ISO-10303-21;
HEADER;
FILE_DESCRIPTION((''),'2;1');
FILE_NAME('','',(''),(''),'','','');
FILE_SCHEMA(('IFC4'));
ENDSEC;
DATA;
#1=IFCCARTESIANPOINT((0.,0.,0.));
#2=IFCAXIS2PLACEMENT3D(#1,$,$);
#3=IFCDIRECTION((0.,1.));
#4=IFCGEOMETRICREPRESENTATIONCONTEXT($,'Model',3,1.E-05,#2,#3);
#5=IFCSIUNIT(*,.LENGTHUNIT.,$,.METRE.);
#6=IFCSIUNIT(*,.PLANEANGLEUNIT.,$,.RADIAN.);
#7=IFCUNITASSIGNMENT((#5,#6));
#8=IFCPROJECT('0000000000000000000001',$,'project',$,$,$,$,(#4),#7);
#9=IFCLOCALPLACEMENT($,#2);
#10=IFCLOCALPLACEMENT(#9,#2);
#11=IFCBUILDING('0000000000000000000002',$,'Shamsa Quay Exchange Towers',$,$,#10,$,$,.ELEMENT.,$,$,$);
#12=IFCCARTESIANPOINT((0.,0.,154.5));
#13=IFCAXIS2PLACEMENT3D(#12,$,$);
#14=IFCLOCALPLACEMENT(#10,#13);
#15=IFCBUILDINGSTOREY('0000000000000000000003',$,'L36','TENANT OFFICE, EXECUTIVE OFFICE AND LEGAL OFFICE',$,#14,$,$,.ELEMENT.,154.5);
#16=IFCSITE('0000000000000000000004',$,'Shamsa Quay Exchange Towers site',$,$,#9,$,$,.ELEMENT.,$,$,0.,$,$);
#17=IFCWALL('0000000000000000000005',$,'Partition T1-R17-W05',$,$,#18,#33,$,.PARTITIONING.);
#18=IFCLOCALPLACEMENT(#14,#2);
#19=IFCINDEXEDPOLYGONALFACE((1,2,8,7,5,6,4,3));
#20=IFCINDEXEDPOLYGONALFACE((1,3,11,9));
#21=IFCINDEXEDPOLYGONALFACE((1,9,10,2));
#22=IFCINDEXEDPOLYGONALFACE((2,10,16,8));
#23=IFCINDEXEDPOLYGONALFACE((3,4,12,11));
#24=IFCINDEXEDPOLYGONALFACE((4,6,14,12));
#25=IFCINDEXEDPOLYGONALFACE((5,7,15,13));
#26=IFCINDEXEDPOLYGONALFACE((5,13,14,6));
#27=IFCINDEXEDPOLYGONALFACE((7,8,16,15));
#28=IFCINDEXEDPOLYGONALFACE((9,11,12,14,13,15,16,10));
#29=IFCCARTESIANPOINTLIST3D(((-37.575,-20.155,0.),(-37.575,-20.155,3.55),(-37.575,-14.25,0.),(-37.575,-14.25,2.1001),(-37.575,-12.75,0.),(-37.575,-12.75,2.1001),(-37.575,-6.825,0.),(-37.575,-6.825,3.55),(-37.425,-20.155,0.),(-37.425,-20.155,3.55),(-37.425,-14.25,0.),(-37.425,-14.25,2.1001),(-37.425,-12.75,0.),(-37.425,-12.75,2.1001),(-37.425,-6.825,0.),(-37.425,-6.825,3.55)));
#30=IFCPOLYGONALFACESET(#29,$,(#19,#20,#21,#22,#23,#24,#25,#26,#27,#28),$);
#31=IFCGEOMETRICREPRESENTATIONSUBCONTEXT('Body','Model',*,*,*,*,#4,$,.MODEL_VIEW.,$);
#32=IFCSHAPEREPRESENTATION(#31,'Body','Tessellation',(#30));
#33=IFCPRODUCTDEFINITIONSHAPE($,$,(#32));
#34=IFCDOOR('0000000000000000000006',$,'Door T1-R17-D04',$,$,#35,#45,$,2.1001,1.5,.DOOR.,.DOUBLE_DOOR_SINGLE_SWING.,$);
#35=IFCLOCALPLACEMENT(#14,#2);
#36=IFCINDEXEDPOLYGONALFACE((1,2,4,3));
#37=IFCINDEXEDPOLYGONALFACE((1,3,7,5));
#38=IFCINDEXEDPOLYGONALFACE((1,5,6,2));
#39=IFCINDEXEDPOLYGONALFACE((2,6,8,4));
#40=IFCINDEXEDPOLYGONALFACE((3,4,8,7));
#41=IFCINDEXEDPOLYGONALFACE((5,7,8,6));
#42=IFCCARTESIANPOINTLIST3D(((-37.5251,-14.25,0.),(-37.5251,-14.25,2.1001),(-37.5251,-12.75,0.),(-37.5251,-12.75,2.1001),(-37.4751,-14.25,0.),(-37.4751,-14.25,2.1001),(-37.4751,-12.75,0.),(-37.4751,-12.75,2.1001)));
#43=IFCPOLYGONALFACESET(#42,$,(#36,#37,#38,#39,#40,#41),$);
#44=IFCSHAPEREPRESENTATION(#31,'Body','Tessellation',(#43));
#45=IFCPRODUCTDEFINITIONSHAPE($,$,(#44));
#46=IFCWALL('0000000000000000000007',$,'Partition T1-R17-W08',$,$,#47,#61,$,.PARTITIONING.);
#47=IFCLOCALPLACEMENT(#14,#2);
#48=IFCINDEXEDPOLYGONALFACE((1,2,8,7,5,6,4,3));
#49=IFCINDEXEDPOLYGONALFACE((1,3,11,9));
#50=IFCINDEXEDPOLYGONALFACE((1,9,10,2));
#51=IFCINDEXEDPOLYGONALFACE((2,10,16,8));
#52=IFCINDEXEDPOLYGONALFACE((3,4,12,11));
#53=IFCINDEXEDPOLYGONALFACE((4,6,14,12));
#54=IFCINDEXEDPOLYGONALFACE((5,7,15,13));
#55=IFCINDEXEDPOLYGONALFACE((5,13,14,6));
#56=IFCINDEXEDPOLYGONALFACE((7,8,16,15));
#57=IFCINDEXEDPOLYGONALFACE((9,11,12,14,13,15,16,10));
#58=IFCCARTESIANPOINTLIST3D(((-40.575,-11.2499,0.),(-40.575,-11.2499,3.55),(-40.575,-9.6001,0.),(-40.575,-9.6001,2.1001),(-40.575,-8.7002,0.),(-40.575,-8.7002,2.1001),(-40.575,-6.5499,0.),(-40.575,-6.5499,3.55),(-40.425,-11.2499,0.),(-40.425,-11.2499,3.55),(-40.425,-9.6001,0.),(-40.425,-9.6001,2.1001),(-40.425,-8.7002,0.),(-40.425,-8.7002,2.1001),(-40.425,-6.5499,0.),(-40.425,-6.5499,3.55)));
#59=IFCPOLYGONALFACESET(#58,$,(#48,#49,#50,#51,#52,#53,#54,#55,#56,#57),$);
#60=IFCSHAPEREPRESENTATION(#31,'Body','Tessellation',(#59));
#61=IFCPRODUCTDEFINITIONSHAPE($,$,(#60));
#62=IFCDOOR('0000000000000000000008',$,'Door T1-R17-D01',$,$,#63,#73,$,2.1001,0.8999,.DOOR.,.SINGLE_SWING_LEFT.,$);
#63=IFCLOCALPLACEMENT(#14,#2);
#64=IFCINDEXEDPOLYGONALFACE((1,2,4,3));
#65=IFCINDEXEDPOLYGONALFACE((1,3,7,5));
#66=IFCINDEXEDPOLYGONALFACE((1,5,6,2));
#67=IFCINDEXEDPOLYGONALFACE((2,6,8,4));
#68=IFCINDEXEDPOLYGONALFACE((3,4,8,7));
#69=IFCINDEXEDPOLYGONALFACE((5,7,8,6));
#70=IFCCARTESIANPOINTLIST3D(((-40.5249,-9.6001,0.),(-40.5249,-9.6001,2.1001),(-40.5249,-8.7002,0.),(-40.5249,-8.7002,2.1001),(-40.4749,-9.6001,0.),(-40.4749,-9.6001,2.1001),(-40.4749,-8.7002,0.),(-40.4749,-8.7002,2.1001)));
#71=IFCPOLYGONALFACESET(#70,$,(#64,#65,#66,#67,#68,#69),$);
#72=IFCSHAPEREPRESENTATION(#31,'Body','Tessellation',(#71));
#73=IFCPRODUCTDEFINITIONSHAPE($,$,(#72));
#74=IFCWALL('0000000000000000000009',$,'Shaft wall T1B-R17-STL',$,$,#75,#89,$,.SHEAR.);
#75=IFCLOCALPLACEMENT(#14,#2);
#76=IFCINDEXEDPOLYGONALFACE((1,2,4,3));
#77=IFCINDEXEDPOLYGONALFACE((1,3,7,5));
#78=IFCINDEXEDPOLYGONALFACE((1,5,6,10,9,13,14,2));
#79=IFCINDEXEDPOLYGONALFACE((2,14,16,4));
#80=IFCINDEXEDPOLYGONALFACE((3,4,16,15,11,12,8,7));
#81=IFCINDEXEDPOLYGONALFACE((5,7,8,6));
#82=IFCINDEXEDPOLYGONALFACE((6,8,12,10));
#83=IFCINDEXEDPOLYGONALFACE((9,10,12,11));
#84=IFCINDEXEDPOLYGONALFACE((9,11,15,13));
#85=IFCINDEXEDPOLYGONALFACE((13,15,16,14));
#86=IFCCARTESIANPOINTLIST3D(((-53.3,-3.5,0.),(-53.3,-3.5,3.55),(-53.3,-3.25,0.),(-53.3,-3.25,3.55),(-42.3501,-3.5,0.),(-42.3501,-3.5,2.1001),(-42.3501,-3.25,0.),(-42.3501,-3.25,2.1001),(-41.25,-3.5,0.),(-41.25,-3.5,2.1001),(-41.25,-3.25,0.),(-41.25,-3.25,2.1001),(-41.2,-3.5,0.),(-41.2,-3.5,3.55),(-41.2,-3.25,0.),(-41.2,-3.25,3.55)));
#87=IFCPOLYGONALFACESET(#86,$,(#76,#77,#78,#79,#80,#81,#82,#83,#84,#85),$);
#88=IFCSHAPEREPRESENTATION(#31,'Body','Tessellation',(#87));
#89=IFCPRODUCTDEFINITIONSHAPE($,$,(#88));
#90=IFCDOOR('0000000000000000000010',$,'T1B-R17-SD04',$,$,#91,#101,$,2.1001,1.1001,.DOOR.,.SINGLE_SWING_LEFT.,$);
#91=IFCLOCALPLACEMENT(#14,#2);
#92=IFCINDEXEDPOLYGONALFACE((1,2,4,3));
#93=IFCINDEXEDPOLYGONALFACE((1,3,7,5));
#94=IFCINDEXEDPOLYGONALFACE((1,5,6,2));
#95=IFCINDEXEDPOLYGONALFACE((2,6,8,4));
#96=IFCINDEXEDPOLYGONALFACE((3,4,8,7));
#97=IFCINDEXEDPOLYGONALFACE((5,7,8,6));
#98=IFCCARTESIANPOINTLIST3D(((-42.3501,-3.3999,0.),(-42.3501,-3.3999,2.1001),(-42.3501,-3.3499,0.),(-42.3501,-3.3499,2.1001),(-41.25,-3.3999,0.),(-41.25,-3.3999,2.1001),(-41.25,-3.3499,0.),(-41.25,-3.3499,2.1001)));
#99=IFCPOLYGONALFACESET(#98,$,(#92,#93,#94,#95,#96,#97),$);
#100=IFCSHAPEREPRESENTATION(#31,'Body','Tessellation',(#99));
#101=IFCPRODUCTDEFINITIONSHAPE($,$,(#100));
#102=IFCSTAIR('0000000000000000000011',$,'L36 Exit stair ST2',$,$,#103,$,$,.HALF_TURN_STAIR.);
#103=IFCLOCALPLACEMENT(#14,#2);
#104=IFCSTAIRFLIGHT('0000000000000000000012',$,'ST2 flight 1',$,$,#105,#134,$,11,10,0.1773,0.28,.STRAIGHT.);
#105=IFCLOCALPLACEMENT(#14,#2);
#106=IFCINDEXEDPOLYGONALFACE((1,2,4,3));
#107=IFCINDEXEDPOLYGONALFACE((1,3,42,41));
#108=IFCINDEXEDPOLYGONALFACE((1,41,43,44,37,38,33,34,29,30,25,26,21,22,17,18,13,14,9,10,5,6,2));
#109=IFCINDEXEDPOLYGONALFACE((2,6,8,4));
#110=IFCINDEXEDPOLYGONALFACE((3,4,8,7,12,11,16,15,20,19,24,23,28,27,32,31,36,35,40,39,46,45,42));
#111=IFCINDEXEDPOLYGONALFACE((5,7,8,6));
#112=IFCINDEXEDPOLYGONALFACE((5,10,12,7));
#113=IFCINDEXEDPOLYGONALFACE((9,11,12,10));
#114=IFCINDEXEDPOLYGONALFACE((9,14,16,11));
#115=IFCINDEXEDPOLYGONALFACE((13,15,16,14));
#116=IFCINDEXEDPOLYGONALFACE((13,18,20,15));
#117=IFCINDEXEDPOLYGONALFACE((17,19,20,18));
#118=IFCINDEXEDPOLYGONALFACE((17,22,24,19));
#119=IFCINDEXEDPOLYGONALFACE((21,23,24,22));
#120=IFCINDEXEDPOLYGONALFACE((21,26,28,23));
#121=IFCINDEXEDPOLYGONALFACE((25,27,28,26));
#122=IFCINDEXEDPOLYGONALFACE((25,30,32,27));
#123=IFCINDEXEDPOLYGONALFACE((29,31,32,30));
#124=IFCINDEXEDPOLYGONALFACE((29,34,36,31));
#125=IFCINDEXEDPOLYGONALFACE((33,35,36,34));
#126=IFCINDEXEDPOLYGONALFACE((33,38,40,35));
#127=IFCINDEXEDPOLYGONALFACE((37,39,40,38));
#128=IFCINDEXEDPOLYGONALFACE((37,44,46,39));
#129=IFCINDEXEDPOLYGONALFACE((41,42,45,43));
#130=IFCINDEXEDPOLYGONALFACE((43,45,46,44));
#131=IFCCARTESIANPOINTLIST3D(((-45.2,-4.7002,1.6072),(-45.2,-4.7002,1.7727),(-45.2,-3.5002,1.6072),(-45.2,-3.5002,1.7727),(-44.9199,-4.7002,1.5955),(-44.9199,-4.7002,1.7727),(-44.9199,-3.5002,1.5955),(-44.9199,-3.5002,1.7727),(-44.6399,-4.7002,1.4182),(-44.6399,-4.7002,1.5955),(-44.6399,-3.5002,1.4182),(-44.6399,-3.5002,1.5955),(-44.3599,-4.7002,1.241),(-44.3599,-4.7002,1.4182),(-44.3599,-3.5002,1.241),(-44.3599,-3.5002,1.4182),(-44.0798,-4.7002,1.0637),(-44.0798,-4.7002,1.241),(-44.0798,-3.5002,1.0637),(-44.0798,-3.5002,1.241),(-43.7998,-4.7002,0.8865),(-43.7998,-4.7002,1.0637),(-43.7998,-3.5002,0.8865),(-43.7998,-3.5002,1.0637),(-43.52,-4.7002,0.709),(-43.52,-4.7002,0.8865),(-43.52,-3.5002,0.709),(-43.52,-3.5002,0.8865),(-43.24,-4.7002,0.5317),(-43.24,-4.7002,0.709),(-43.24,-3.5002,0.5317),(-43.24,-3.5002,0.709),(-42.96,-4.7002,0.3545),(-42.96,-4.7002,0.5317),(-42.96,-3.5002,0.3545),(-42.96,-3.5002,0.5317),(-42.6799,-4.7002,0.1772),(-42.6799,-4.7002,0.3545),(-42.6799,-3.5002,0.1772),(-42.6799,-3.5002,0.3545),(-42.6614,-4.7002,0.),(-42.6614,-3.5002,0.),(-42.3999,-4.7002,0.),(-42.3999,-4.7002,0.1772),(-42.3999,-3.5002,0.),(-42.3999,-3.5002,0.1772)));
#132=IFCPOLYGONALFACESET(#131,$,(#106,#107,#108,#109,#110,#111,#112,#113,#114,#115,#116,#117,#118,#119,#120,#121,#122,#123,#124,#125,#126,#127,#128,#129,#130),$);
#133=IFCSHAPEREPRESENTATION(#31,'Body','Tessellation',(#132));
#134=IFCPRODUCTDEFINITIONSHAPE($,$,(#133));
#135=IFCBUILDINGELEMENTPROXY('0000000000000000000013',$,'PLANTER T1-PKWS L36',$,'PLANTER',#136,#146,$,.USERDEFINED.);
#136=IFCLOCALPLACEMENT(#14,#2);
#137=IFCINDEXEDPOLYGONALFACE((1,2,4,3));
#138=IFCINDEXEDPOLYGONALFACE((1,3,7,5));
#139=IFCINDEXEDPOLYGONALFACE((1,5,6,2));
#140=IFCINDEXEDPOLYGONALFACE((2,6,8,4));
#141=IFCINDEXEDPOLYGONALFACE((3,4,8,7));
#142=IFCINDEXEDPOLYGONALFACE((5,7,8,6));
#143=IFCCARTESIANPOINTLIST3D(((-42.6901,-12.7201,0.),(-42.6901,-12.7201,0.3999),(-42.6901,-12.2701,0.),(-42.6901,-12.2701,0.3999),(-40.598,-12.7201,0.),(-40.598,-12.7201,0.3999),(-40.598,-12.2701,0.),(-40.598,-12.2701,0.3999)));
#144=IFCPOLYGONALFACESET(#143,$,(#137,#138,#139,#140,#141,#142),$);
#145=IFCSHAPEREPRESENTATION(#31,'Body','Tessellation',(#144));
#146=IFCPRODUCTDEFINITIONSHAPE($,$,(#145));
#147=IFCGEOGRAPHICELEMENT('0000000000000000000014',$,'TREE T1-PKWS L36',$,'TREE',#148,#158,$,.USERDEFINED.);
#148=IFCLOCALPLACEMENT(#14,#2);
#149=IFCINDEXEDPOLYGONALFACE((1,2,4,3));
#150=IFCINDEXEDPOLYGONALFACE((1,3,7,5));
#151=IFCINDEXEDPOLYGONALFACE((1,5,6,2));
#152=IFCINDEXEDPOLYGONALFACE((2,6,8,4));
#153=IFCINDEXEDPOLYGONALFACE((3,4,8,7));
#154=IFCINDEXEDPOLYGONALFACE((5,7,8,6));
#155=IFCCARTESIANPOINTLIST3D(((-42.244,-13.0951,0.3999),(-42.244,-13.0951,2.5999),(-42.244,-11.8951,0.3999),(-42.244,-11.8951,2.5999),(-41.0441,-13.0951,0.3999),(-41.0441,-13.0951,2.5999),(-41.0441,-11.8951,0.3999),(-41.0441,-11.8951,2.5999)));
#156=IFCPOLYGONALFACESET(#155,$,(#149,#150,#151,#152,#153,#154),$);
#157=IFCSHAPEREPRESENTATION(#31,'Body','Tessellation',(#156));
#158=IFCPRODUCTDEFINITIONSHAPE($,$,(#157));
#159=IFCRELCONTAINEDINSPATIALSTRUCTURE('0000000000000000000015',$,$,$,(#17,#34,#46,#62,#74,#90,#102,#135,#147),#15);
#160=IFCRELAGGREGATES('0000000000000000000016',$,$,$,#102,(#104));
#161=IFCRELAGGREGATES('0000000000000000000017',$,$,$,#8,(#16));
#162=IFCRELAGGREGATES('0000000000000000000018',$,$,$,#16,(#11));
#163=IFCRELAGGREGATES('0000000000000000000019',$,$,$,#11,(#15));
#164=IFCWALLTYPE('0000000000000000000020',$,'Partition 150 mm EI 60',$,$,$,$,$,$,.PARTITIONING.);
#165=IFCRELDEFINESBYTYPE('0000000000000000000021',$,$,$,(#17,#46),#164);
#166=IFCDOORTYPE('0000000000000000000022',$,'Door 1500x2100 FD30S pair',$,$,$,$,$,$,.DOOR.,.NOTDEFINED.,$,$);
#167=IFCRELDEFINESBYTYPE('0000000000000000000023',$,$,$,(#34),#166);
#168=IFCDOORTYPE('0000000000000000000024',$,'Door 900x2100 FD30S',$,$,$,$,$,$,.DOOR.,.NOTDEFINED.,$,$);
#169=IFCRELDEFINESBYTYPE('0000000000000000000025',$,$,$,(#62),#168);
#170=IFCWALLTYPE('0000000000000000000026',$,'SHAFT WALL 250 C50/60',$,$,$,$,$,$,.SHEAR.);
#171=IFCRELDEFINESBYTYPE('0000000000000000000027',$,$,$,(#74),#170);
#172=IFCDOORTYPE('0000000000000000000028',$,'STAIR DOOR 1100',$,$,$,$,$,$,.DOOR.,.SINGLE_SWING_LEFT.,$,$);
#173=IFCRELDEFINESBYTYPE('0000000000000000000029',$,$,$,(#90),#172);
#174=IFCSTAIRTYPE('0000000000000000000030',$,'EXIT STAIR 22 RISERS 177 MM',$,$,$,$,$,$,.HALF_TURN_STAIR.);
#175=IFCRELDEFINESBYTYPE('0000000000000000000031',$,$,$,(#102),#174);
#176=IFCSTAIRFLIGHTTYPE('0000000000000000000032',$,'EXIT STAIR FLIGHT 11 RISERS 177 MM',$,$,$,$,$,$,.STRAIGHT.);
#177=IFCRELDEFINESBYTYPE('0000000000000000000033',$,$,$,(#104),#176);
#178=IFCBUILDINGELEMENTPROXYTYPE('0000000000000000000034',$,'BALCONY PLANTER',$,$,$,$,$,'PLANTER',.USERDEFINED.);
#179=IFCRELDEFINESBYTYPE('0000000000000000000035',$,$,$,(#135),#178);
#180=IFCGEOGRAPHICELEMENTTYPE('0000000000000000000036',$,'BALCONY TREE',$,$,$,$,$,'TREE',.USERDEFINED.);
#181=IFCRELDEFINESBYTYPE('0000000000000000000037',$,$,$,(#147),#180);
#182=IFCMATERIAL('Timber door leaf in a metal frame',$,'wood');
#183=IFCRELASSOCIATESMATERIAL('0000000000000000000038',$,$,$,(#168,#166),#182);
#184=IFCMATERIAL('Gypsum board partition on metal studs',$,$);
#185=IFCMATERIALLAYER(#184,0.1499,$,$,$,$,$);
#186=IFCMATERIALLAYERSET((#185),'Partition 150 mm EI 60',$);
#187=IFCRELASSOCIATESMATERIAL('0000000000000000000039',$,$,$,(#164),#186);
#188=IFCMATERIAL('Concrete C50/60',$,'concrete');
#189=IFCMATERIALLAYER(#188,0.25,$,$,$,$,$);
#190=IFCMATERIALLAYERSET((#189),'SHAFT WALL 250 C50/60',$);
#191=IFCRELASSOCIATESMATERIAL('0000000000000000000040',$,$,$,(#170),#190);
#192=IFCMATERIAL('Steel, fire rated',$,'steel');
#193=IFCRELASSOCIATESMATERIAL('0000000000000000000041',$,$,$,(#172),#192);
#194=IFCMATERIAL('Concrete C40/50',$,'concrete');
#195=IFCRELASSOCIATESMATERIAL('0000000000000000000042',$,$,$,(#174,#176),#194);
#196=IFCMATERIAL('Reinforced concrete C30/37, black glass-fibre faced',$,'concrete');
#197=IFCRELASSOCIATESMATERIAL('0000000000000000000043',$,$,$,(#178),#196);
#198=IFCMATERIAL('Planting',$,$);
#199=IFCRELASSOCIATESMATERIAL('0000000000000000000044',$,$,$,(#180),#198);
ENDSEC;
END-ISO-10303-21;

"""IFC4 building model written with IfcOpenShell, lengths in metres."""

from ifc_helpers import new_model, si_unit, direction, frame, frame_2d, origin, origin_2d, place, context, subcontext, project, spatial, polyline, rectangle, outline, extrude, material, layer, layer_set, type_object, element, fill, aggregate, save


model = new_model("IFC4")

# Units and contexts
model_context = context("Model", 3, precision=1e-05, world=origin(), true_north=direction((0.0, 1.0)))
body_context = subcontext(model_context, "Body", "Model", "MODEL_VIEW")
ifc_project = project(units=[si_unit("LENGTHUNIT", "METRE"), si_unit("PLANEANGLEUNIT", "RADIAN")], contexts=[model_context])

# Site, building, storey
site_placement = place(None, origin())
site = spatial("IfcSite", under=ifc_project, at=site_placement, Name="Shamsa Quay Exchange Towers site", CompositionType="ELEMENT", RefElevation=0.0)
building_placement = place(site_placement, origin())
building = spatial("IfcBuilding", under=site, at=building_placement, Name="Shamsa Quay Exchange Towers", CompositionType="ELEMENT")
storey_placement = place(building_placement, frame((0.0, 0.0, 154.5)))
storey = spatial("IfcBuildingStorey", under=building, at=storey_placement, Name="L36", Description="TENANT OFFICE, EXECUTIVE OFFICE AND LEGAL OFFICE", CompositionType="ELEMENT", Elevation=154.5)

# Walls, openings, doors
ifc_material_1 = material(Name="Steel, fire rated", Category="steel")
ifc_material_2 = material(Name="Timber door leaf in a metal frame", Category="wood")
door_type_1 = type_object("IfcDoorType", Name="Door 900x2100 FD30S", OperationType="NOTDEFINED", PredefinedType="DOOR", material=ifc_material_2)
ifc_material_3 = material(Name="Gypsum board partition on metal studs")
ifc_layer_1 = layer(ifc_material_3, 0.1499)
ifc_layer_set_1 = layer_set([ifc_layer_1], Name="Partition 150 mm EI 60")
wall_type_1 = type_object("IfcWallType", Name="Partition 150 mm EI 60", PredefinedType="PARTITIONING", material=ifc_layer_set_1)
wall_1_placement = place(storey_placement, frame((-37.5, -6.825, 0.0), z_axis=(0.0, 0.0, 1.0), x_axis=(0.0, -1.0, 0.0)))
wall_1 = element("IfcWall", 1, at=wall_1_placement, inside=storey, type_object=wall_type_1, Name="Partition T1-R17-W05", PredefinedType="PARTITIONING", context=body_context, shape_type="SweptSolid", body=[
    extrude(rectangle(XDim=13.3301, YDim=0.1499, at=frame_2d((6.665, 0.0))), origin(), (0.0, 0.0, 1.0), 3.55),
])
opening_1_placement = place(wall_1_placement, frame((5.925, 0.0, 0.0)))
opening_1 = element("IfcOpeningElement", 2, at=opening_1_placement, cuts=wall_1, PredefinedType="OPENING", context=body_context, shape_type="SweptSolid", body=[
    extrude(rectangle(XDim=1.5, YDim=2.1001, at=frame_2d((0.75, 1.05))), frame((0.0, 0.085, 0.0), z_axis=(0.0, -1.0, 0.0), x_axis=(1.0, 0.0, 0.0)), (0.0, 0.0, 1.0), 0.1699),
])
door_type_2 = type_object("IfcDoorType", Name="Door 1500x2100 FD30S pair", OperationType="NOTDEFINED", PredefinedType="DOOR", material=ifc_material_2)
door_1_placement = place(opening_1_placement, origin())
door_1 = element("IfcDoor", 3, at=door_1_placement, inside=storey, type_object=door_type_2, Name="Door T1-R17-D04", OperationType="DOUBLE_DOOR_SINGLE_SWING", OverallHeight=2.1001, OverallWidth=1.5, PredefinedType="DOOR", context=body_context, shape_type="SweptSolid", body=[
    extrude(rectangle(XDim=1.5, YDim=2.1001, at=frame_2d((0.75, 1.05))), frame((0.0, 0.0249, 0.0), z_axis=(0.0, -1.0, 0.0), x_axis=(1.0, 0.0, 0.0)), (0.0, 0.0, 1.0), 0.05),
])
fill(opening_1, door_1)
wall_2_placement = place(storey_placement, frame((-40.5, -11.25, 0.0), z_axis=(0.0, 0.0, 1.0), x_axis=(0.0, 1.0, 0.0)))
wall_2 = element("IfcWall", 4, at=wall_2_placement, inside=storey, type_object=wall_type_1, Name="Partition T1-R17-W08", PredefinedType="PARTITIONING", context=body_context, shape_type="SweptSolid", body=[
    extrude(rectangle(XDim=4.7, YDim=0.1499, at=frame_2d((2.3501, 0.0))), origin(), (0.0, 0.0, 1.0), 3.55),
])
opening_2_placement = place(wall_2_placement, frame((1.6499, 0.0, 0.0)))
opening_2 = element("IfcOpeningElement", 5, at=opening_2_placement, cuts=wall_2, PredefinedType="OPENING", context=body_context, shape_type="SweptSolid", body=[
    extrude(rectangle(XDim=0.8999, YDim=2.1001, at=frame_2d((0.45, 1.05))), frame((0.0, 0.085, 0.0), z_axis=(0.0, -1.0, 0.0), x_axis=(1.0, 0.0, 0.0)), (0.0, 0.0, 1.0), 0.1699),
])
door_2_placement = place(opening_2_placement, origin())
door_2 = element("IfcDoor", 6, at=door_2_placement, inside=storey, type_object=door_type_1, Name="Door T1-R17-D01", OperationType="SINGLE_SWING_LEFT", OverallHeight=2.1001, OverallWidth=0.8999, PredefinedType="DOOR", context=body_context, shape_type="SweptSolid", body=[
    extrude(rectangle(XDim=0.8999, YDim=2.1001, at=frame_2d((0.45, 1.05))), frame((0.0, 0.0249, 0.0), z_axis=(0.0, -1.0, 0.0), x_axis=(1.0, 0.0, 0.0)), (0.0, 0.0, 1.0), 0.05),
])
fill(opening_2, door_2)
ifc_material_4 = material(Name="Concrete C50/60", Category="concrete")
ifc_layer_2 = layer(ifc_material_4, 0.25)
ifc_layer_set_2 = layer_set([ifc_layer_2], Name="SHAFT WALL 250 C50/60")
wall_type_2 = type_object("IfcWallType", Name="SHAFT WALL 250 C50/60", PredefinedType="SHEAR", material=ifc_layer_set_2)
wall_3_placement = place(storey_placement, frame((-41.2, -3.375, 0.0), z_axis=(0.0, 0.0, 1.0), x_axis=(-1.0, 0.0, 0.0)))
wall_3 = element("IfcWall", 7, at=wall_3_placement, inside=storey, type_object=wall_type_2, Name="Shaft wall T1B-R17-STL", PredefinedType="SHEAR", context=body_context, shape_type="SweptSolid", body=[
    extrude(rectangle(XDim=12.1001, YDim=0.25, at=frame_2d((6.05, 0.0))), origin(), (0.0, 0.0, 1.0), 3.55),
])
opening_3_placement = place(wall_3_placement, frame((0.05, 0.0, 0.0)))
opening_3 = element("IfcOpeningElement", 8, at=opening_3_placement, cuts=wall_3, PredefinedType="OPENING", context=body_context, shape_type="SweptSolid", body=[
    extrude(rectangle(XDim=1.1001, YDim=2.1001, at=frame_2d((0.55, 1.05))), frame((0.0, 0.135, 0.0), z_axis=(0.0, -1.0, 0.0), x_axis=(1.0, 0.0, 0.0)), (0.0, 0.0, 1.0), 0.27),
])
door_type_3 = type_object("IfcDoorType", Name="STAIR DOOR 1100", OperationType="SINGLE_SWING_LEFT", PredefinedType="DOOR", material=ifc_material_1)
door_3_placement = place(opening_3_placement, origin())
door_3 = element("IfcDoor", 9, at=door_3_placement, inside=storey, type_object=door_type_3, Name="T1B-R17-SD04", OperationType="SINGLE_SWING_LEFT", OverallHeight=2.1001, OverallWidth=1.1001, PredefinedType="DOOR", context=body_context, shape_type="SweptSolid", body=[
    extrude(rectangle(XDim=1.1001, YDim=2.1001, at=frame_2d((0.55, 1.05))), frame((0.0, 0.0249, 0.0), z_axis=(0.0, -1.0, 0.0), x_axis=(1.0, 0.0, 0.0)), (0.0, 0.0, 1.0), 0.05),
])
fill(opening_3, door_3)

# Stair, stair flight
ifc_material_5 = material(Name="Concrete C40/50", Category="concrete")
stair_type = type_object("IfcStairType", Name="EXIT STAIR 22 RISERS 177 MM", PredefinedType="HALF_TURN_STAIR", material=ifc_material_5)
stair_placement = place(storey_placement, origin())
stair = element("IfcStair", 10, at=stair_placement, inside=storey, type_object=stair_type, Name="L36 Exit stair ST2", PredefinedType="HALF_TURN_STAIR")
stair_flight_type = type_object("IfcStairFlightType", Name="EXIT STAIR FLIGHT 11 RISERS 177 MM", PredefinedType="STRAIGHT", material=ifc_material_5)
stair_flight_placement = place(storey_placement, frame((-42.3999, -4.1001, 0.0), z_axis=(0.0, 0.0, 1.0), x_axis=(-1.0, 0.0, 0.0)))
stair_flight = element("IfcStairFlight", 11, at=stair_flight_placement, type_object=stair_flight_type, Name="ST2 flight 1", NumberOfRisers=11, NumberOfTreads=10, PredefinedType="STRAIGHT", RiserHeight=0.1773, TreadLength=0.28, context=body_context, shape_type="SweptSolid", body=[
    extrude(outline(polyline([(0.0, 0.0), (0.0, 0.1772), (0.28, 0.1772), (0.28, 0.3545), (0.5601, 0.3545), (0.5601, 0.5317), (0.8401, 0.5317), (0.8401, 0.709), (1.1201, 0.709), (1.1201, 0.8865), (1.3999, 0.8865), (1.3999, 1.0637), (1.6799, 1.0637), (1.6799, 1.241), (1.96, 1.241), (1.96, 1.4182), (2.24, 1.4182), (2.24, 1.5955), (2.52, 1.5955), (2.52, 1.7727), (2.8, 1.7727), (2.8, 1.95), (2.8, 1.6072), (0.2615, 0.0), (0.0, 0.0)])), frame((0.0, 0.6001, 0.0), z_axis=(0.0, -1.0, 0.0), x_axis=(1.0, 0.0, 0.0)), (0.0, 0.0, 1.0), 1.2),
])
aggregate(stair, [stair_flight])

# Building element proxy
ifc_material_6 = material(Name="Reinforced concrete C30/37, black glass-fibre faced", Category="concrete")
building_element_proxy_type = type_object("IfcBuildingElementProxyType", Name="BALCONY PLANTER", ElementType="PLANTER", PredefinedType="USERDEFINED", material=ifc_material_6)
proxy_placement = place(storey_placement, frame((-41.644, -12.4951, 0.0)))
element("IfcBuildingElementProxy", 12, at=proxy_placement, inside=storey, type_object=building_element_proxy_type, Name="PLANTER T1-PKWS L36", ObjectType="PLANTER", PredefinedType="USERDEFINED", context=body_context, shape_type="SweptSolid", body=[
    extrude(rectangle(XDim=2.092, YDim=0.45, at=origin_2d()), origin(), (0.0, 0.0, 1.0), 0.3999),
])

# Geographic element
ifc_material_7 = material(Name="Planting")
geographic_element_type = type_object("IfcGeographicElementType", Name="BALCONY TREE", ElementType="TREE", PredefinedType="USERDEFINED", material=ifc_material_7)
geographic_element_placement = place(storey_placement, frame((-41.644, -12.4951, 0.3999)))
element("IfcGeographicElement", 13, at=geographic_element_placement, inside=storey, type_object=geographic_element_type, Name="TREE T1-PKWS L36", ObjectType="TREE", PredefinedType="USERDEFINED", context=body_context, shape_type="SweptSolid", body=[
    extrude(rectangle(XDim=1.2, YDim=1.2, at=origin_2d()), origin(), (0.0, 0.0, 1.0), 2.2),
])

save(model, "model.ifc")
